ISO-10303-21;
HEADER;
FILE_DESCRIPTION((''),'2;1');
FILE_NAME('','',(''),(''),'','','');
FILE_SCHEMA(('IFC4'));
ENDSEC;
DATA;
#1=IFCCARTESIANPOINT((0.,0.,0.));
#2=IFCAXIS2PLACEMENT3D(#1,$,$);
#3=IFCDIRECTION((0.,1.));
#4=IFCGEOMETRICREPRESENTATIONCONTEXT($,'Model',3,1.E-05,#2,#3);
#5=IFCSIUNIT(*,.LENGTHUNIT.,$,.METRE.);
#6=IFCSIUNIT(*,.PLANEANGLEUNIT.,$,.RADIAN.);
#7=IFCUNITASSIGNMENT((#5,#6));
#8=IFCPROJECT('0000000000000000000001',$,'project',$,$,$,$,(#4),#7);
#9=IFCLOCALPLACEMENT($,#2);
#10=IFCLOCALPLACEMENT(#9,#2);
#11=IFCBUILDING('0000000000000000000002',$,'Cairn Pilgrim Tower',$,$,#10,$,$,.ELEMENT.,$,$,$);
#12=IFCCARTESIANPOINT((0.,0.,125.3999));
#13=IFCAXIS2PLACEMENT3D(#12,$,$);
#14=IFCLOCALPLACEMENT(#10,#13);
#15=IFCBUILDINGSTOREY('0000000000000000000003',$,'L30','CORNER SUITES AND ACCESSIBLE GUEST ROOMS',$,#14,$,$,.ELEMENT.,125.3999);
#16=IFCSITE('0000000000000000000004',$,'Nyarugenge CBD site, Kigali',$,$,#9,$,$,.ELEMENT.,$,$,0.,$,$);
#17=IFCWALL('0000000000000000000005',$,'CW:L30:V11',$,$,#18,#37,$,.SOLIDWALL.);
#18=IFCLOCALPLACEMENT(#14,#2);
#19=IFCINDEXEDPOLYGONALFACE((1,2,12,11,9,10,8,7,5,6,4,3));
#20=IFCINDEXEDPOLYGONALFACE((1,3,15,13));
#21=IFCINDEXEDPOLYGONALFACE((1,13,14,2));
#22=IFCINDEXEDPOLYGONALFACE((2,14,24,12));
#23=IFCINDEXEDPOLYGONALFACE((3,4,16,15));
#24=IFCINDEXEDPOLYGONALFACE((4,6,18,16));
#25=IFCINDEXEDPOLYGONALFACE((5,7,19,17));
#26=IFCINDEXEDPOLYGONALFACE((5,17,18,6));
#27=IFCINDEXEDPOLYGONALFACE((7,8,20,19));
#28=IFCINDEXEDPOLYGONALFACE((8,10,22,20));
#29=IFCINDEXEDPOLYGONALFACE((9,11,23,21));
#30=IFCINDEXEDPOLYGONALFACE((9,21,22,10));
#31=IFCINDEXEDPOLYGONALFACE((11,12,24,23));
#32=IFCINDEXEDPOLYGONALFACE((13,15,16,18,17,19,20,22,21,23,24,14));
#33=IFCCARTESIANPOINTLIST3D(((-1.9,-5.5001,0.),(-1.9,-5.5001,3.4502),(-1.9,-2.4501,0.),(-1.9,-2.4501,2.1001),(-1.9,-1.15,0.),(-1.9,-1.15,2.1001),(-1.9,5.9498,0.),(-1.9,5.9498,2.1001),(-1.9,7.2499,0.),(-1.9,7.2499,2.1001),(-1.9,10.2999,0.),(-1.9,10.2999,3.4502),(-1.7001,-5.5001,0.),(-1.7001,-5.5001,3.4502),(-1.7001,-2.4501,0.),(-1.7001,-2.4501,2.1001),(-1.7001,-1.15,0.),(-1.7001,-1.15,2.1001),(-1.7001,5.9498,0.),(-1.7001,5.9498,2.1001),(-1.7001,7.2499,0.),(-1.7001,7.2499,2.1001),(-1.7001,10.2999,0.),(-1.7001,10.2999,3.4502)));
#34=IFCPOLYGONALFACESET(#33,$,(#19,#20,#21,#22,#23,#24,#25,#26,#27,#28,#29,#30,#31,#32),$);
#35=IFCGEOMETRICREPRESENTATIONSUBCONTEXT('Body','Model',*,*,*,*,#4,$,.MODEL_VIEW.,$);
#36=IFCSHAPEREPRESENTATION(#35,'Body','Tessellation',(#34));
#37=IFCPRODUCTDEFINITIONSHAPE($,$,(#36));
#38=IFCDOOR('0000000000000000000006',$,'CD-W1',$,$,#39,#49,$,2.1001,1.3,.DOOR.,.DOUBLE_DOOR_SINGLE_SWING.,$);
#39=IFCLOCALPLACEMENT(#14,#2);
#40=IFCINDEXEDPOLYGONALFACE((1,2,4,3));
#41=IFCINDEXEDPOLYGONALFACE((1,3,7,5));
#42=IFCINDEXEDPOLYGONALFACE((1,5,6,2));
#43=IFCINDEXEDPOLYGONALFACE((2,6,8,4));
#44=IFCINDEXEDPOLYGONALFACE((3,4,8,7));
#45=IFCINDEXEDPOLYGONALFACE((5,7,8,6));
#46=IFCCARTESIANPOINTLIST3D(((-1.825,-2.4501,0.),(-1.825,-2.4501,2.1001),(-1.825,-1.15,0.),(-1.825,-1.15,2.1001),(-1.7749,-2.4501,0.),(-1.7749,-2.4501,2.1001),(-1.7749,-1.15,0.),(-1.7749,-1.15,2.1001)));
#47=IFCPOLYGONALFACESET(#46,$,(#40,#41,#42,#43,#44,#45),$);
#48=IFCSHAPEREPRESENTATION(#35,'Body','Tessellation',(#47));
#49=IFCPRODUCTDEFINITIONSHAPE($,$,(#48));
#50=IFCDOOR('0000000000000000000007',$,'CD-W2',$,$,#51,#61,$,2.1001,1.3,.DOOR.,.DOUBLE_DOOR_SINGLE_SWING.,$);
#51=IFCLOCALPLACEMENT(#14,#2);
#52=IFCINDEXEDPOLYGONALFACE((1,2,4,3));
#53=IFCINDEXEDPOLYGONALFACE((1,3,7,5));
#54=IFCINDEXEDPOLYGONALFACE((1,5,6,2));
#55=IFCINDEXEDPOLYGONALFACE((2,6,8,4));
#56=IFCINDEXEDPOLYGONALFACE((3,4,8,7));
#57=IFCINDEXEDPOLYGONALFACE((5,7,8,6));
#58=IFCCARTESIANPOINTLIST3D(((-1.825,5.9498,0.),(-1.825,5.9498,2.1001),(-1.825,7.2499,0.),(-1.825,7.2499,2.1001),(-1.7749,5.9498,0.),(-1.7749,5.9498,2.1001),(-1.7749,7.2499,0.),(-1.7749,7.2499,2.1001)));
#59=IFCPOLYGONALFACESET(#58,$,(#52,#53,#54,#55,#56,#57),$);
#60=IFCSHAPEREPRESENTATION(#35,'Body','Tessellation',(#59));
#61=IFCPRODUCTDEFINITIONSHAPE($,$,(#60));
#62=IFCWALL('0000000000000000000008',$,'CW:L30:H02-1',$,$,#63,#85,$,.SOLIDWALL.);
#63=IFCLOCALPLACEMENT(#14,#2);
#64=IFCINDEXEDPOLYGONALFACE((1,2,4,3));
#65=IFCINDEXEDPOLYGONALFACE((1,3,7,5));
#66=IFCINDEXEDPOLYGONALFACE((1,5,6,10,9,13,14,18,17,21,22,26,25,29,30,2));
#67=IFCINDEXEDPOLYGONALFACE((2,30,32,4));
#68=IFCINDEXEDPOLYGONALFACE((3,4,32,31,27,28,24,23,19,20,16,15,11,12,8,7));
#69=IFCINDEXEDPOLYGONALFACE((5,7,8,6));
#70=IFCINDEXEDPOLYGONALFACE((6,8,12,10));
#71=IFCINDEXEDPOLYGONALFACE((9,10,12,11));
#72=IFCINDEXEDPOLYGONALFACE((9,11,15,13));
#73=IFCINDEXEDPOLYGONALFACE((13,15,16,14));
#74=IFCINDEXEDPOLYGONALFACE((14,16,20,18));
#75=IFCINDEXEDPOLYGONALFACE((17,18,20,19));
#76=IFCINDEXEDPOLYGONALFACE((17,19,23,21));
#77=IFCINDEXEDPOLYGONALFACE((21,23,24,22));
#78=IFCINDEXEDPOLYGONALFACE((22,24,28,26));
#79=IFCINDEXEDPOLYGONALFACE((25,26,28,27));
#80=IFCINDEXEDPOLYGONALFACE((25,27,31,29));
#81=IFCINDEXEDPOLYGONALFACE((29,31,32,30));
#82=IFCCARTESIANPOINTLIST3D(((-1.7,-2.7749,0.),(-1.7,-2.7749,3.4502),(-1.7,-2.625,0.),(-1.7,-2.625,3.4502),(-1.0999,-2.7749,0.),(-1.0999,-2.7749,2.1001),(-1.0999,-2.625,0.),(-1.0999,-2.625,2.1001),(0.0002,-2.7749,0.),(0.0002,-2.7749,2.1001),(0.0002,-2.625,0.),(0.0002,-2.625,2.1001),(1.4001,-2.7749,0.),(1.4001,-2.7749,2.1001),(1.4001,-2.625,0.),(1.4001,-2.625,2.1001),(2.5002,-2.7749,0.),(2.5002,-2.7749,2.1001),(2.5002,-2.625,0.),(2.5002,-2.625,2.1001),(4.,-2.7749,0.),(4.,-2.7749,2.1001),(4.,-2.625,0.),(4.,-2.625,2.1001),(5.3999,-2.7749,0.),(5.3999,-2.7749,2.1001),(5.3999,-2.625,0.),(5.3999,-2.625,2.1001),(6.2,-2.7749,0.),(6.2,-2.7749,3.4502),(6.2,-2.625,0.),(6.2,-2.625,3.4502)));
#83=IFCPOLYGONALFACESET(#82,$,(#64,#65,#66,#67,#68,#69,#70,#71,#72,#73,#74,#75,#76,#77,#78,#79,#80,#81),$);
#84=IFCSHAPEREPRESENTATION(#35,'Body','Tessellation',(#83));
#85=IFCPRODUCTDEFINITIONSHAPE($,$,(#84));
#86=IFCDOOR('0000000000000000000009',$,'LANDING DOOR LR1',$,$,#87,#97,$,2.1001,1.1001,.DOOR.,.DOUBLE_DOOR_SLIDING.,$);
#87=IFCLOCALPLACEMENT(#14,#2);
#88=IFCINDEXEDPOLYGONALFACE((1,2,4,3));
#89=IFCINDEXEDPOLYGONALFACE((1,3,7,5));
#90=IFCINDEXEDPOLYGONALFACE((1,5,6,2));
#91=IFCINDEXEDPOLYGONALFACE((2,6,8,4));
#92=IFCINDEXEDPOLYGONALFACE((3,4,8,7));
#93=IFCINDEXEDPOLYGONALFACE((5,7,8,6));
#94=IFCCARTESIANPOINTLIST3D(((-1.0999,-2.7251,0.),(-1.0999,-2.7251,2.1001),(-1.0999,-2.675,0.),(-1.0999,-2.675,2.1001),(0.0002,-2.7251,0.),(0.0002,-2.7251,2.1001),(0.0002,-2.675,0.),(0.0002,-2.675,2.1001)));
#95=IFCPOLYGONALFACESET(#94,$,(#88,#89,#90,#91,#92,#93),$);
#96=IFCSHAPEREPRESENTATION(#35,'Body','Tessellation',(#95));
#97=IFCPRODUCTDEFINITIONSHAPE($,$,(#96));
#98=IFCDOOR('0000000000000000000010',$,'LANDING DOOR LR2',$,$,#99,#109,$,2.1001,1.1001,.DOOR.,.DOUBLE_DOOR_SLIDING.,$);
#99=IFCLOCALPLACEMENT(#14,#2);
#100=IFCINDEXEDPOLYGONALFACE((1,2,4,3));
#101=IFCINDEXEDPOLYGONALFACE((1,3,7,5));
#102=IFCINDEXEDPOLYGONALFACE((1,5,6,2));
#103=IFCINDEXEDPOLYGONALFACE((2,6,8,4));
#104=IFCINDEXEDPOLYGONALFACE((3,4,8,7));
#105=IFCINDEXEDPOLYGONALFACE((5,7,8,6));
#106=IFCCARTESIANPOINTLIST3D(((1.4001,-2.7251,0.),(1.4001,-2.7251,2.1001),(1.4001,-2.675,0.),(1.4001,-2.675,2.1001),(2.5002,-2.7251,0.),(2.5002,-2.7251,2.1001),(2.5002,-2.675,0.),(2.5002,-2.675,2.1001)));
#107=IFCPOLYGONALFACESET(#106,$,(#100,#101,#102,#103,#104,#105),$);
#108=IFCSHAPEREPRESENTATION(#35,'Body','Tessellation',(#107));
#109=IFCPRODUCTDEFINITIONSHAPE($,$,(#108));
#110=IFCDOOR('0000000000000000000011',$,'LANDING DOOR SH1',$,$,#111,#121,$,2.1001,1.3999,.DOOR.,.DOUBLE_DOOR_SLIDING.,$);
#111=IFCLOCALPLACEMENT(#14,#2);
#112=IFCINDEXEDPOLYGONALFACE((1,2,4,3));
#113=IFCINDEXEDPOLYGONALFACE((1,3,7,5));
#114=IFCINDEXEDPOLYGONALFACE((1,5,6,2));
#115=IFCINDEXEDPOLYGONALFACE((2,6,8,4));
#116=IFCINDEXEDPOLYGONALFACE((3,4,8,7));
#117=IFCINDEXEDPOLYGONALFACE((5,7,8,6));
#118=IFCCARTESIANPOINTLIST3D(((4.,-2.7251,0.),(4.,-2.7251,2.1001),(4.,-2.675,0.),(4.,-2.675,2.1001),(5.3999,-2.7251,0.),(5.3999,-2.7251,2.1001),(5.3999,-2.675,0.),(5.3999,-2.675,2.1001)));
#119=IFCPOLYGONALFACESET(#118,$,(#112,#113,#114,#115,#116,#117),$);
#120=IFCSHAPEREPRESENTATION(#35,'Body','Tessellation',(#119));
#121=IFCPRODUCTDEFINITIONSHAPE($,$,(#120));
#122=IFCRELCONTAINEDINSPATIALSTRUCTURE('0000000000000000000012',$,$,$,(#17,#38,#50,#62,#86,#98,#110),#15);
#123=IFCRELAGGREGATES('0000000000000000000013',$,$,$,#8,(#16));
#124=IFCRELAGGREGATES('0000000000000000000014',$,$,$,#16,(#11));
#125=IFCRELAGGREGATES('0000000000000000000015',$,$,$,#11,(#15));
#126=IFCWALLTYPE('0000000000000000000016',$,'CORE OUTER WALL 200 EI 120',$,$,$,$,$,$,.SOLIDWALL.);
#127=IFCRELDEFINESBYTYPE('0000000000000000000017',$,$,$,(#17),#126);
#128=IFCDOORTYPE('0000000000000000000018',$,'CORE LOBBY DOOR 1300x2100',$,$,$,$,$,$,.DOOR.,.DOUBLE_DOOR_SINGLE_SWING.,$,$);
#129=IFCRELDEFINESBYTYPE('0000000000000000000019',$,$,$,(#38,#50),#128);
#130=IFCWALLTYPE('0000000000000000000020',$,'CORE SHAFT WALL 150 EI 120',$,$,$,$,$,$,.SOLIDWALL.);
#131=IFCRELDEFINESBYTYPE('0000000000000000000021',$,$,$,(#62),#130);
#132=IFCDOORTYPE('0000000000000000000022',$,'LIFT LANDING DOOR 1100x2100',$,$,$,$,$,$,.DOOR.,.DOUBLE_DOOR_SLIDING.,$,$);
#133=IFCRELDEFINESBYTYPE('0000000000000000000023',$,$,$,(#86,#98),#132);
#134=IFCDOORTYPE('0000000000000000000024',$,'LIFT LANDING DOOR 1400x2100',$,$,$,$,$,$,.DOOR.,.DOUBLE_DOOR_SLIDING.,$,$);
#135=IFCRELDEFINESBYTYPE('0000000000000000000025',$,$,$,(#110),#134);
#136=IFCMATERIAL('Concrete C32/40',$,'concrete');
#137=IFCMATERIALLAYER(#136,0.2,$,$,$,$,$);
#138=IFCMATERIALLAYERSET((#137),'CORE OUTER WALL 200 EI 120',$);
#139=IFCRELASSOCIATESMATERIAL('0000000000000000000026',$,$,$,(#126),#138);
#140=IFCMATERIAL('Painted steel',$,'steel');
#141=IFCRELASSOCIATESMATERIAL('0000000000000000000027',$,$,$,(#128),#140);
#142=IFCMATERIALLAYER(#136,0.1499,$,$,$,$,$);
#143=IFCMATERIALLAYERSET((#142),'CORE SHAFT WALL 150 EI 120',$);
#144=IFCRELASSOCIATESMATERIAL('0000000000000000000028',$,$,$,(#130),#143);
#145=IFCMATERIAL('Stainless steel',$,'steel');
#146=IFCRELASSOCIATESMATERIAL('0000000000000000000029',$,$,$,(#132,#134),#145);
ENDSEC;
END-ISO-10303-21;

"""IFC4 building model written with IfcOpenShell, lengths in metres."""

from ifc_helpers import new_model, si_unit, direction, frame, frame_2d, origin, place, context, subcontext, project, spatial, rectangle, extrude, material, layer, layer_set, type_object, element, fill, save


model = new_model("IFC4")

# Units and contexts
model_context = context("Model", 3, precision=1e-05, world=origin(), true_north=direction((0.0, 1.0)))
body_context = subcontext(model_context, "Body", "Model", "MODEL_VIEW")
ifc_project = project(units=[si_unit("LENGTHUNIT", "METRE"), si_unit("PLANEANGLEUNIT", "RADIAN")], contexts=[model_context])

# Site, building, storey
site_placement = place(None, origin())
site = spatial("IfcSite", under=ifc_project, at=site_placement, Name="Nyarugenge CBD site, Kigali", CompositionType="ELEMENT", RefElevation=0.0)
building_placement = place(site_placement, origin())
building = spatial("IfcBuilding", under=site, at=building_placement, Name="Cairn Pilgrim Tower", CompositionType="ELEMENT")
storey_placement = place(building_placement, frame((0.0, 0.0, 125.3999)))
storey = spatial("IfcBuildingStorey", under=building, at=storey_placement, Name="L30", Description="CORNER SUITES AND ACCESSIBLE GUEST ROOMS", CompositionType="ELEMENT", Elevation=125.3999)

# Shared definitions
ifc_material_1 = material(Name="Concrete C32/40", Category="concrete")

# Shared definitions
ifc_layer_1 = layer(ifc_material_1, 0.2)
ifc_layer_set_1 = layer_set([ifc_layer_1], Name="CORE OUTER WALL 200 EI 120")
wall_type_1 = type_object("IfcWallType", Name="CORE OUTER WALL 200 EI 120", PredefinedType="SOLIDWALL", material=ifc_layer_set_1)

# Walls, openings, doors
wall_1_placement = place(storey_placement, frame((-1.8, -5.5, 0.0), z_axis=(0.0, 0.0, 1.0), x_axis=(0.0, 1.0, 0.0)))
wall_1 = element("IfcWall", 1, at=wall_1_placement, inside=storey, type_object=wall_type_1, Name="CW:L30:V11", PredefinedType="SOLIDWALL", context=body_context, shape_type="SweptSolid", body=[
    extrude(rectangle(XDim=15.8, YDim=0.2, at=frame_2d((7.8999, 0.0))), origin(), (0.0, 0.0, 1.0), 3.4502),
])
opening_1_placement = place(wall_1_placement, frame((3.05, 0.0, 0.0)))
opening_1 = element("IfcOpeningElement", 2, at=opening_1_placement, cuts=wall_1, PredefinedType="OPENING", context=body_context, shape_type="SweptSolid", body=[
    extrude(rectangle(XDim=1.3, YDim=2.1001, at=frame_2d((0.6499, 1.05))), frame((0.0, 0.1099, 0.0), z_axis=(0.0, -1.0, 0.0), x_axis=(1.0, 0.0, 0.0)), (0.0, 0.0, 1.0), 0.22),
])
opening_2_placement = place(wall_1_placement, frame((11.45, 0.0, 0.0)))
opening_2 = element("IfcOpeningElement", 3, at=opening_2_placement, cuts=wall_1, PredefinedType="OPENING", context=body_context, shape_type="SweptSolid", body=[
    extrude(rectangle(XDim=1.3, YDim=2.1001, at=frame_2d((0.6499, 1.05))), frame((0.0, 0.1099, 0.0), z_axis=(0.0, -1.0, 0.0), x_axis=(1.0, 0.0, 0.0)), (0.0, 0.0, 1.0), 0.22),
])
ifc_material_2 = material(Name="Painted steel", Category="steel")
door_type_1 = type_object("IfcDoorType", Name="CORE LOBBY DOOR 1300x2100", OperationType="DOUBLE_DOOR_SINGLE_SWING", PredefinedType="DOOR", material=ifc_material_2)
door_1_placement = place(opening_1_placement, origin())
door_1 = element("IfcDoor", 4, at=door_1_placement, inside=storey, type_object=door_type_1, Name="CD-W1", OperationType="DOUBLE_DOOR_SINGLE_SWING", OverallHeight=2.1001, OverallWidth=1.3, PredefinedType="DOOR", context=body_context, shape_type="SweptSolid", body=[
    extrude(rectangle(XDim=1.3, YDim=2.1001, at=frame_2d((0.6499, 1.05))), frame((0.0, 0.0249, 0.0), z_axis=(0.0, -1.0, 0.0), x_axis=(1.0, 0.0, 0.0)), (0.0, 0.0, 1.0), 0.05),
])
fill(opening_1, door_1)
door_2_placement = place(opening_2_placement, origin())
door_2 = element("IfcDoor", 5, at=door_2_placement, inside=storey, type_object=door_type_1, Name="CD-W2", OperationType="DOUBLE_DOOR_SINGLE_SWING", OverallHeight=2.1001, OverallWidth=1.3, PredefinedType="DOOR", context=body_context, shape_type="SweptSolid", body=[
    extrude(rectangle(XDim=1.3, YDim=2.1001, at=frame_2d((0.6499, 1.05))), frame((0.0, 0.0249, 0.0), z_axis=(0.0, -1.0, 0.0), x_axis=(1.0, 0.0, 0.0)), (0.0, 0.0, 1.0), 0.05),
])
fill(opening_2, door_2)
ifc_layer_2 = layer(ifc_material_1, 0.1499)
ifc_layer_set_2 = layer_set([ifc_layer_2], Name="CORE SHAFT WALL 150 EI 120")
wall_type_2 = type_object("IfcWallType", Name="CORE SHAFT WALL 150 EI 120", PredefinedType="SOLIDWALL", material=ifc_layer_set_2)
wall_2_placement = place(storey_placement, frame((-1.7, -2.7, 0.0), z_axis=(0.0, 0.0, 1.0), x_axis=(1.0, 0.0, 0.0)))
wall_2 = element("IfcWall", 6, at=wall_2_placement, inside=storey, type_object=wall_type_2, Name="CW:L30:H02-1", PredefinedType="SOLIDWALL", context=body_context, shape_type="SweptSolid", body=[
    extrude(rectangle(XDim=7.8999, YDim=0.1499, at=frame_2d((3.95, 0.0))), origin(), (0.0, 0.0, 1.0), 3.4502),
])
opening_3_placement = place(wall_2_placement, frame((0.6001, 0.0, 0.0)))
opening_3 = element("IfcOpeningElement", 7, at=opening_3_placement, cuts=wall_2, PredefinedType="OPENING", context=body_context, shape_type="SweptSolid", body=[
    extrude(rectangle(XDim=1.1001, YDim=2.1001, at=frame_2d((0.55, 1.05))), frame((0.0, 0.085, 0.0), z_axis=(0.0, -1.0, 0.0), x_axis=(1.0, 0.0, 0.0)), (0.0, 0.0, 1.0), 0.1699),
])
opening_4_placement = place(wall_2_placement, frame((3.1001, 0.0, 0.0)))
opening_4 = element("IfcOpeningElement", 8, at=opening_4_placement, cuts=wall_2, PredefinedType="OPENING", context=body_context, shape_type="SweptSolid", body=[
    extrude(rectangle(XDim=1.1001, YDim=2.1001, at=frame_2d((0.55, 1.05))), frame((0.0, 0.085, 0.0), z_axis=(0.0, -1.0, 0.0), x_axis=(1.0, 0.0, 0.0)), (0.0, 0.0, 1.0), 0.1699),
])
opening_5_placement = place(wall_2_placement, frame((5.7, 0.0, 0.0)))
opening_5 = element("IfcOpeningElement", 9, at=opening_5_placement, cuts=wall_2, PredefinedType="OPENING", context=body_context, shape_type="SweptSolid", body=[
    extrude(rectangle(XDim=1.3999, YDim=2.1001, at=frame_2d((0.7, 1.05))), frame((0.0, 0.085, 0.0), z_axis=(0.0, -1.0, 0.0), x_axis=(1.0, 0.0, 0.0)), (0.0, 0.0, 1.0), 0.1699),
])
ifc_material_3 = material(Name="Stainless steel", Category="steel")
door_type_2 = type_object("IfcDoorType", Name="LIFT LANDING DOOR 1100x2100", OperationType="DOUBLE_DOOR_SLIDING", PredefinedType="DOOR", material=ifc_material_3)
door_3_placement = place(opening_3_placement, origin())
door_3 = element("IfcDoor", 10, at=door_3_placement, inside=storey, type_object=door_type_2, Name="LANDING DOOR LR1", OperationType="DOUBLE_DOOR_SLIDING", OverallHeight=2.1001, OverallWidth=1.1001, PredefinedType="DOOR", context=body_context, shape_type="SweptSolid", body=[
    extrude(rectangle(XDim=1.1001, YDim=2.1001, at=frame_2d((0.55, 1.05))), frame((0.0, 0.0249, 0.0), z_axis=(0.0, -1.0, 0.0), x_axis=(1.0, 0.0, 0.0)), (0.0, 0.0, 1.0), 0.05),
])
fill(opening_3, door_3)
door_4_placement = place(opening_4_placement, origin())
door_4 = element("IfcDoor", 11, at=door_4_placement, inside=storey, type_object=door_type_2, Name="LANDING DOOR LR2", OperationType="DOUBLE_DOOR_SLIDING", OverallHeight=2.1001, OverallWidth=1.1001, PredefinedType="DOOR", context=body_context, shape_type="SweptSolid", body=[
    extrude(rectangle(XDim=1.1001, YDim=2.1001, at=frame_2d((0.55, 1.05))), frame((0.0, 0.0249, 0.0), z_axis=(0.0, -1.0, 0.0), x_axis=(1.0, 0.0, 0.0)), (0.0, 0.0, 1.0), 0.05),
])
fill(opening_4, door_4)
door_type_3 = type_object("IfcDoorType", Name="LIFT LANDING DOOR 1400x2100", OperationType="DOUBLE_DOOR_SLIDING", PredefinedType="DOOR", material=ifc_material_3)
door_5_placement = place(opening_5_placement, origin())
door_5 = element("IfcDoor", 12, at=door_5_placement, inside=storey, type_object=door_type_3, Name="LANDING DOOR SH1", OperationType="DOUBLE_DOOR_SLIDING", OverallHeight=2.1001, OverallWidth=1.3999, PredefinedType="DOOR", context=body_context, shape_type="SweptSolid", body=[
    extrude(rectangle(XDim=1.3999, YDim=2.1001, at=frame_2d((0.7, 1.05))), frame((0.0, 0.0249, 0.0), z_axis=(0.0, -1.0, 0.0), x_axis=(1.0, 0.0, 0.0)), (0.0, 0.0, 1.0), 0.05),
])
fill(opening_5, door_5)

save(model, "model.ifc")
